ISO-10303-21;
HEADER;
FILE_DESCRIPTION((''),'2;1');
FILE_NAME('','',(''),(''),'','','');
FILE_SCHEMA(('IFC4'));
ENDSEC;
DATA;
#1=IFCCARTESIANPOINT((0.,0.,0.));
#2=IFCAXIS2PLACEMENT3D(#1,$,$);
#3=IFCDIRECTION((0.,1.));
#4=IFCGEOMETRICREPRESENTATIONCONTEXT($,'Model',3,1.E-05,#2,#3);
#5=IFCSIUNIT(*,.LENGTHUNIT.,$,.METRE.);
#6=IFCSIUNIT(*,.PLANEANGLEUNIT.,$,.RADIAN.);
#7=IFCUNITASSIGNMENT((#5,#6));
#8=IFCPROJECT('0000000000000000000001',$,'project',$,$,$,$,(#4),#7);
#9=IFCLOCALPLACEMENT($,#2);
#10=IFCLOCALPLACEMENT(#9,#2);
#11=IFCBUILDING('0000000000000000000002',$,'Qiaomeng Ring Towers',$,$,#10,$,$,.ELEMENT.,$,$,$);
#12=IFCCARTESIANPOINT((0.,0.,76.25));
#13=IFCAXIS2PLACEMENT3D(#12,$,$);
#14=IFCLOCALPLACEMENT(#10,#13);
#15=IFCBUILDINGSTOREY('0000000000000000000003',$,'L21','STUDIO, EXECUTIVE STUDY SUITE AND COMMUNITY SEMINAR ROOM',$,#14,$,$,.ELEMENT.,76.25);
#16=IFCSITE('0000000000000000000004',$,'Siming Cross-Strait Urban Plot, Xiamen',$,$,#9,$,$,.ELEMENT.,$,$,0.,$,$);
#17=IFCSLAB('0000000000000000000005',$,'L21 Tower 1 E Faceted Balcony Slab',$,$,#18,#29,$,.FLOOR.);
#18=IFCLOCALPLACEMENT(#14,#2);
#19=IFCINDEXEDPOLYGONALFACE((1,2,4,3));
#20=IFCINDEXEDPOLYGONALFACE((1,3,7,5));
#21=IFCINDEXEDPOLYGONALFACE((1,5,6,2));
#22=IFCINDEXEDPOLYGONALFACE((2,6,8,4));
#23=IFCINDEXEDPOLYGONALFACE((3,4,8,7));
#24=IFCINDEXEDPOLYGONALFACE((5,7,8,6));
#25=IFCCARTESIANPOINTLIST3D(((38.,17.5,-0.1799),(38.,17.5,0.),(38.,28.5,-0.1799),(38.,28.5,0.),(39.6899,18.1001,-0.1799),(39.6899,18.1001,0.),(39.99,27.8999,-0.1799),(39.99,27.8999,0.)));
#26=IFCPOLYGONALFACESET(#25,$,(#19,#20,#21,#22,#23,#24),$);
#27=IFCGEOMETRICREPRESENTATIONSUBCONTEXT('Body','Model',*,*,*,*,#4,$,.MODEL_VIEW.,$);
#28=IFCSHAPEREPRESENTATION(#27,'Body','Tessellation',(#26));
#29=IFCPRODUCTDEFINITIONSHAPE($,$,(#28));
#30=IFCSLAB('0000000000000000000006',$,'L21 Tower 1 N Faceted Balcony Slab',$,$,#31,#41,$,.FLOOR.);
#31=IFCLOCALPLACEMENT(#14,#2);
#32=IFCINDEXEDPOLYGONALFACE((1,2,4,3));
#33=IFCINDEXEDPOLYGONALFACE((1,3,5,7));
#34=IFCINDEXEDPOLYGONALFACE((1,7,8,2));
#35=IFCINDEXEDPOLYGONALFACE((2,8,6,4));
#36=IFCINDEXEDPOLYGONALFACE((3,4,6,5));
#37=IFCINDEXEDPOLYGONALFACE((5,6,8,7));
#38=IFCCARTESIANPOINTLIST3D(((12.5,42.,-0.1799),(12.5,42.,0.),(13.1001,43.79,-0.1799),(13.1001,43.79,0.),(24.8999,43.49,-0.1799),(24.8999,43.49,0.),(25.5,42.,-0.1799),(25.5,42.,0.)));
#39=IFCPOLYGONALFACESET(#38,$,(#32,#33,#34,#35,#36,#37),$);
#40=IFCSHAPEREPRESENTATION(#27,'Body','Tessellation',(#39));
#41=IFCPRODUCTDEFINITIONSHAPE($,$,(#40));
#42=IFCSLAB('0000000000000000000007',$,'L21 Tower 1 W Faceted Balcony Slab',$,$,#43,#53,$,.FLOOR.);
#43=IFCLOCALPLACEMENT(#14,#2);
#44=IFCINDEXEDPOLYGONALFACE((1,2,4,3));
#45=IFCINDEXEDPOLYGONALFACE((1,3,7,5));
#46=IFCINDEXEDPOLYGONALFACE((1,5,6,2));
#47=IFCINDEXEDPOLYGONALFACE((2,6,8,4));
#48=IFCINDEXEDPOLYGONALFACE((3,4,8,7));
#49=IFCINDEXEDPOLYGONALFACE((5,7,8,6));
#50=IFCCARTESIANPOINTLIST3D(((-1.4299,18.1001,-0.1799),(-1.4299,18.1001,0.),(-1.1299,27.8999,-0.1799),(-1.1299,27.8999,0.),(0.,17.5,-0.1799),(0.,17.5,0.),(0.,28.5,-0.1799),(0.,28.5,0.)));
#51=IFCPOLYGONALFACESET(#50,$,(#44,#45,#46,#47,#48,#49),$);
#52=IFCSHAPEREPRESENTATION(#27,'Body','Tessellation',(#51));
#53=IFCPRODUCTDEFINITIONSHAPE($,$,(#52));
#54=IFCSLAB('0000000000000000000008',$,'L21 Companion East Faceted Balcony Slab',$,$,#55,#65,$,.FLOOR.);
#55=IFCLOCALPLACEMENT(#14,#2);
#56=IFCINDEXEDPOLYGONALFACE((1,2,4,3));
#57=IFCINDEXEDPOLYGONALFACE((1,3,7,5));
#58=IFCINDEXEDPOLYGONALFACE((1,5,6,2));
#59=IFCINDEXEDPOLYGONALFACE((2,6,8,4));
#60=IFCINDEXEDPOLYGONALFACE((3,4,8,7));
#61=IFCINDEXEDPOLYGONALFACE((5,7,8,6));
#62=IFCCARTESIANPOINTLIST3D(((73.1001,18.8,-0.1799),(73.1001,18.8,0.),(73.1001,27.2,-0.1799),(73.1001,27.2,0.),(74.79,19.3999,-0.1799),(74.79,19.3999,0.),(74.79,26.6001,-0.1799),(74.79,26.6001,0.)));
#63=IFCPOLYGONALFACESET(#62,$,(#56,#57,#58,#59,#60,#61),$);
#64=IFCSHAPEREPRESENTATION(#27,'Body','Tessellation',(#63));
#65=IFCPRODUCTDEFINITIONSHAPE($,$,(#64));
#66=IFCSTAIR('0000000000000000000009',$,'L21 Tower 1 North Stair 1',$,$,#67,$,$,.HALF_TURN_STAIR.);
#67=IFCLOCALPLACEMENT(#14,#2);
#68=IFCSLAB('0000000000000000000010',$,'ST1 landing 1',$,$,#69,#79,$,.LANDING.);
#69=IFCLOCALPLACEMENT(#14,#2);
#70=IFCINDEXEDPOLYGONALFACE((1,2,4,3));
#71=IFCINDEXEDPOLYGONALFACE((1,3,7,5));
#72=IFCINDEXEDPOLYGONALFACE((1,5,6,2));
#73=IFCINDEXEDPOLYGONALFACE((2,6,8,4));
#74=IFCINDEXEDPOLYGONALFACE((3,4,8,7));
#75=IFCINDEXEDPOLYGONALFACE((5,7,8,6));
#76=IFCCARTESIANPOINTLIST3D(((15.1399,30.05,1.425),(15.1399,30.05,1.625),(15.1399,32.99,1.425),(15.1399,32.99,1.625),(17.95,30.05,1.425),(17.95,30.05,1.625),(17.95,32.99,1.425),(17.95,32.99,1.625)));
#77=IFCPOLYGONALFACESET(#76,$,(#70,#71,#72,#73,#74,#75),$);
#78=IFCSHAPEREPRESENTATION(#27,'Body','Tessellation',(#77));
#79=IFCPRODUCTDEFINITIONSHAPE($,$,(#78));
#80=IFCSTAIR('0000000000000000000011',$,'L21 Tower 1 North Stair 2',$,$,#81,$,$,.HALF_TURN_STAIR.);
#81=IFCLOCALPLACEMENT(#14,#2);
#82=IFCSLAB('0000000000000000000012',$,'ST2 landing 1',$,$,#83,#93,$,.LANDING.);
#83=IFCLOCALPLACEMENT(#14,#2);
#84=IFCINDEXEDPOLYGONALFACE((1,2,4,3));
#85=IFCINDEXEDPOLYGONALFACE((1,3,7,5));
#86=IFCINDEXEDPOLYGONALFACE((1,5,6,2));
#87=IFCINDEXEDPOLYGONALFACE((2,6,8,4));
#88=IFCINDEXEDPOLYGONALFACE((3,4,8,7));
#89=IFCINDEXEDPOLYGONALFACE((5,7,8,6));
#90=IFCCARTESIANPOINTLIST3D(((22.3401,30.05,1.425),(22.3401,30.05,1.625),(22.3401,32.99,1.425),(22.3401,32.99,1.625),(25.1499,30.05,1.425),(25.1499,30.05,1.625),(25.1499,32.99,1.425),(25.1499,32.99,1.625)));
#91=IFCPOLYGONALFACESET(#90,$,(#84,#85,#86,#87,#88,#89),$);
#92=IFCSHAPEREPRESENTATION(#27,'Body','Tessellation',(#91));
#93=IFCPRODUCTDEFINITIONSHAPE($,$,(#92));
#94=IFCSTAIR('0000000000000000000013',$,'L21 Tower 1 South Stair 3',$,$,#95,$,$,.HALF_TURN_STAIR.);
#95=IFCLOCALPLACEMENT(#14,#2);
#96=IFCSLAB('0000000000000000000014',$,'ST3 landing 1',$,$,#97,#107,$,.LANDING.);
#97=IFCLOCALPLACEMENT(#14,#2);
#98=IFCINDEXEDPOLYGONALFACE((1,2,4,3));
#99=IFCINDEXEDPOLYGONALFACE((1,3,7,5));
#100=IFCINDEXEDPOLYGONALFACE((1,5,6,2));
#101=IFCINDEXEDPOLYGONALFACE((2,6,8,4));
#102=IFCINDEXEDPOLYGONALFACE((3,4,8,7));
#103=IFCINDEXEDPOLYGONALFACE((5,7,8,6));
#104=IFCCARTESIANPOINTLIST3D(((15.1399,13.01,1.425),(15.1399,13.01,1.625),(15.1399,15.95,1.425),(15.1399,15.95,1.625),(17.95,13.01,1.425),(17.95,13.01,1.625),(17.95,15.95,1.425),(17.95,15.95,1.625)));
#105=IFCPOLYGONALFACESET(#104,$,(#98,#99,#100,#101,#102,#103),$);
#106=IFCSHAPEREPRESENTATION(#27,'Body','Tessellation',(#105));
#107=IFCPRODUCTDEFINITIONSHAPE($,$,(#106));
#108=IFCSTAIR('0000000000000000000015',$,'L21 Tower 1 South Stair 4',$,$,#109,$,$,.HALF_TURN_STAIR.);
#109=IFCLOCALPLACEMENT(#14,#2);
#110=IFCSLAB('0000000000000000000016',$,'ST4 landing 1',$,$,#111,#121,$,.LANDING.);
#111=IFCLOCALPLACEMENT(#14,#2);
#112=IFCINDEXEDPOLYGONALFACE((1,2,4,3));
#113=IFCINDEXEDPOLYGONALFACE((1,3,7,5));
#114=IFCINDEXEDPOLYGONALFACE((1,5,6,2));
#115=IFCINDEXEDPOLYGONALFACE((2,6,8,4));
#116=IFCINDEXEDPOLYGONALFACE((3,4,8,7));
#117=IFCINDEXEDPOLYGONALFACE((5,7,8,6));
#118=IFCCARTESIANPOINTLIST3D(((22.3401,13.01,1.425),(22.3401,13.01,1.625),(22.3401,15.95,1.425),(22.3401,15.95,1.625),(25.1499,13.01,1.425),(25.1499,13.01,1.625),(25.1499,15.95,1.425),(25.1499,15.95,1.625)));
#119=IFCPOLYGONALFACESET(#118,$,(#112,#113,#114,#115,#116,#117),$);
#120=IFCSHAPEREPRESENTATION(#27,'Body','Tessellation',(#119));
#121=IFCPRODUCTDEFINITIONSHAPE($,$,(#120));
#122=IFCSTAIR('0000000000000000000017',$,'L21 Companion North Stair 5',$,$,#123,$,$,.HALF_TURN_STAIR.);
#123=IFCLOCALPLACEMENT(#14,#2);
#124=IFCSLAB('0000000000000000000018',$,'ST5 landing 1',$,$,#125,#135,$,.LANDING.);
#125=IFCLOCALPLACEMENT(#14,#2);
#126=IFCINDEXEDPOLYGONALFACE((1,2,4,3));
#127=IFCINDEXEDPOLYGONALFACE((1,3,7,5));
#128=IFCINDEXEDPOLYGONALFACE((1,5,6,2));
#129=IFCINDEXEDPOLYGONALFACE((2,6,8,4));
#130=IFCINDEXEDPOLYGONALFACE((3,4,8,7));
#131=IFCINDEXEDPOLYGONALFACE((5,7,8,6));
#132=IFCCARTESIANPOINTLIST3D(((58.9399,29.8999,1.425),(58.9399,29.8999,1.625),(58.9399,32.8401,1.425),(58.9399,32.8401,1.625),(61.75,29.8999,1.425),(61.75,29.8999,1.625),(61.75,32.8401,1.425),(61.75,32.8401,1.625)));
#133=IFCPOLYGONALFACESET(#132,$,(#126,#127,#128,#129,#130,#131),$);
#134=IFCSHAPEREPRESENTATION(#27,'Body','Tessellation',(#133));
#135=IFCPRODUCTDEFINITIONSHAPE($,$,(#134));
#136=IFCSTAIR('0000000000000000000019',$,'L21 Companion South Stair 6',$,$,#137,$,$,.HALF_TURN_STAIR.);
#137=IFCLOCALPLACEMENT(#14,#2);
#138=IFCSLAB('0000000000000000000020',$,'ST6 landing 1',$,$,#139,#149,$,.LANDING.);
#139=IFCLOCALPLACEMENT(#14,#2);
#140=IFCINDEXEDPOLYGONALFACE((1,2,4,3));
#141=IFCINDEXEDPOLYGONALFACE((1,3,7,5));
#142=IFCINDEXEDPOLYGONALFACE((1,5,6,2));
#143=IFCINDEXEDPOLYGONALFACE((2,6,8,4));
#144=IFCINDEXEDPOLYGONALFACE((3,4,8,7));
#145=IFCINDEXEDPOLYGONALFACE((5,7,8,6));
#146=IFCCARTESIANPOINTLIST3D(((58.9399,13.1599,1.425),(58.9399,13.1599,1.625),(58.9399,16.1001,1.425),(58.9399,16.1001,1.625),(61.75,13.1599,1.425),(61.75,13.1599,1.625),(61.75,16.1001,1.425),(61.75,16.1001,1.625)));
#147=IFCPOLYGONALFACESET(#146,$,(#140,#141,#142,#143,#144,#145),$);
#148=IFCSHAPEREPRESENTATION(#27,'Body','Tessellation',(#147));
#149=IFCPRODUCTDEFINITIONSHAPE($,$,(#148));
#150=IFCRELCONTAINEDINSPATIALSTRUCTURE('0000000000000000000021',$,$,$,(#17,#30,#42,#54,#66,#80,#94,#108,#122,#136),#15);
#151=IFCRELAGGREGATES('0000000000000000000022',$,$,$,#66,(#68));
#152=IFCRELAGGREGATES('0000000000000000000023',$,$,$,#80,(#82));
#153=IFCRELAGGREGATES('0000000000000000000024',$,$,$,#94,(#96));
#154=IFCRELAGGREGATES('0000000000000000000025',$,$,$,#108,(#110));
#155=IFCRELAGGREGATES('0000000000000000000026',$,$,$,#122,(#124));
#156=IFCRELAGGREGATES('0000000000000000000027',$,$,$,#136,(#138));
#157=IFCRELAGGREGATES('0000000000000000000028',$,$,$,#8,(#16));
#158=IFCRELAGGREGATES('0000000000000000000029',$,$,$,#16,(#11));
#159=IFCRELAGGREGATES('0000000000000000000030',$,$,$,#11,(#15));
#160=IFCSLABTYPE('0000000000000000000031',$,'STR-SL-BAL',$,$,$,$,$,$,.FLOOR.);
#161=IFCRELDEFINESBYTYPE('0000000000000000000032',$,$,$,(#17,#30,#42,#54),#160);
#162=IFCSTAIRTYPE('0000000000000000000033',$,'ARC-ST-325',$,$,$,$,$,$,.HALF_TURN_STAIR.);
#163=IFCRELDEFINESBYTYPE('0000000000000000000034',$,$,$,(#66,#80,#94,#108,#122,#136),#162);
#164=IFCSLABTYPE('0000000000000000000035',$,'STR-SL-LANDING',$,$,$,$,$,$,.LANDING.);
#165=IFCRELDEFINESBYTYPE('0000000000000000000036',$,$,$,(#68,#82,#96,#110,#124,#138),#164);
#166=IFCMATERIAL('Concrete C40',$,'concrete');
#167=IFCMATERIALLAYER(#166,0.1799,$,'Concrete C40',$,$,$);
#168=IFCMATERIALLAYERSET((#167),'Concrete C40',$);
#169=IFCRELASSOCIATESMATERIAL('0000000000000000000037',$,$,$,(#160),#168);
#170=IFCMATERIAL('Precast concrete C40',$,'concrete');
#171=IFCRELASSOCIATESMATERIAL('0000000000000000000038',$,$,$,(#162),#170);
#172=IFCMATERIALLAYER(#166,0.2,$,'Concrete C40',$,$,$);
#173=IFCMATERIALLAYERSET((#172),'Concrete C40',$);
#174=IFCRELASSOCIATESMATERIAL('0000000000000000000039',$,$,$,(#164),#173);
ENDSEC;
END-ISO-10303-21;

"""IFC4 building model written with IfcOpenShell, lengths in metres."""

from ifc_helpers import new_model, si_unit, direction, frame, origin, place, context, subcontext, project, spatial, polyline, outline, extrude, material, layer, layer_set, type_object, element, aggregate, save


model = new_model("IFC4")

# Units and contexts
model_context = context("Model", 3, precision=1e-05, world=origin(), true_north=direction((0.0, 1.0)))
body_context = subcontext(model_context, "Body", "Model", "MODEL_VIEW")
ifc_project = project(units=[si_unit("LENGTHUNIT", "METRE"), si_unit("PLANEANGLEUNIT", "RADIAN")], contexts=[model_context])

# Site, building, storey
site_placement = place(None, origin())
site = spatial("IfcSite", under=ifc_project, at=site_placement, Name="Siming Cross-Strait Urban Plot, Xiamen", CompositionType="ELEMENT", RefElevation=0.0)
building_placement = place(site_placement, origin())
building = spatial("IfcBuilding", under=site, at=building_placement, Name="Qiaomeng Ring Towers", CompositionType="ELEMENT")
storey_placement = place(building_placement, frame((0.0, 0.0, 76.25)))
storey = spatial("IfcBuildingStorey", under=building, at=storey_placement, Name="L21", Description="STUDIO, EXECUTIVE STUDY SUITE AND COMMUNITY SEMINAR ROOM", CompositionType="ELEMENT", Elevation=76.25)

# Slabs
ifc_material_1 = material(Name="Concrete C40", Category="concrete")
ifc_layer_1 = layer(ifc_material_1, 0.1799, Name="Concrete C40")
ifc_layer_set_1 = layer_set([ifc_layer_1], Name="Concrete C40")
slab_type_1 = type_object("IfcSlabType", Name="STR-SL-BAL", PredefinedType="FLOOR", material=ifc_layer_set_1)
slab_1_placement = place(storey_placement, frame((0.0, 0.0, -0.1799)))
element("IfcSlab", 1, at=slab_1_placement, inside=storey, type_object=slab_type_1, Name="L21 Tower 1 E Faceted Balcony Slab", PredefinedType="FLOOR", context=body_context, shape_type="SweptSolid", body=[
    extrude(outline(polyline([(39.99, 27.8999), (39.6899, 18.1001), (38.0, 17.5), (38.0, 28.5), (39.99, 27.8999)])), origin(), (0.0, 0.0, 1.0), 0.1799),
])
slab_2_placement = place(storey_placement, frame((0.0, 0.0, -0.1799)))
element("IfcSlab", 2, at=slab_2_placement, inside=storey, type_object=slab_type_1, Name="L21 Tower 1 N Faceted Balcony Slab", PredefinedType="FLOOR", context=body_context, shape_type="SweptSolid", body=[
    extrude(outline(polyline([(12.5, 42.0), (13.1001, 43.79), (24.8999, 43.49), (25.5, 42.0), (12.5, 42.0)])), origin(), (0.0, 0.0, 1.0), 0.1799),
])
slab_3_placement = place(storey_placement, frame((0.0, 0.0, -0.1799)))
element("IfcSlab", 3, at=slab_3_placement, inside=storey, type_object=slab_type_1, Name="L21 Tower 1 W Faceted Balcony Slab", PredefinedType="FLOOR", context=body_context, shape_type="SweptSolid", body=[
    extrude(outline(polyline([(0.0, 17.5), (-1.4299, 18.1001), (-1.1299, 27.8999), (0.0, 28.5), (0.0, 17.5)])), origin(), (0.0, 0.0, 1.0), 0.1799),
])
slab_4_placement = place(storey_placement, frame((0.0, 0.0, -0.1799)))
element("IfcSlab", 4, at=slab_4_placement, inside=storey, type_object=slab_type_1, Name="L21 Companion East Faceted Balcony Slab", PredefinedType="FLOOR", context=body_context, shape_type="SweptSolid", body=[
    extrude(outline(polyline([(74.79, 26.6001), (74.79, 19.3999), (73.1001, 18.8), (73.1001, 27.2), (74.79, 26.6001)])), origin(), (0.0, 0.0, 1.0), 0.1799),
])

# Stairs, slabs
ifc_material_2 = material(Name="Precast concrete C40", Category="concrete")
stair_type = type_object("IfcStairType", Name="ARC-ST-325", PredefinedType="HALF_TURN_STAIR", material=ifc_material_2)
stair_1_placement = place(storey_placement, origin())
stair_1 = element("IfcStair", 5, at=stair_1_placement, inside=storey, type_object=stair_type, Name="L21 Tower 1 North Stair 1", PredefinedType="HALF_TURN_STAIR")
ifc_layer_2 = layer(ifc_material_1, 0.2, Name="Concrete C40")
ifc_layer_set_2 = layer_set([ifc_layer_2], Name="Concrete C40")
slab_type_2 = type_object("IfcSlabType", Name="STR-SL-LANDING", PredefinedType="LANDING", material=ifc_layer_set_2)
slab_5_placement = place(storey_placement, frame((0.0, 0.0, 1.425)))
slab_5 = element("IfcSlab", 6, at=slab_5_placement, type_object=slab_type_2, Name="ST1 landing 1", PredefinedType="LANDING", context=body_context, shape_type="SweptSolid", body=[
    extrude(outline(polyline([(15.1399, 30.05), (17.95, 30.05), (17.95, 32.99), (15.1399, 32.99), (15.1399, 30.05)])), origin(), (0.0, 0.0, 1.0), 0.2),
])
aggregate(stair_1, [slab_5])
stair_2_placement = place(storey_placement, origin())
stair_2 = element("IfcStair", 7, at=stair_2_placement, inside=storey, type_object=stair_type, Name="L21 Tower 1 North Stair 2", PredefinedType="HALF_TURN_STAIR")
slab_6_placement = place(storey_placement, frame((0.0, 0.0, 1.425)))
slab_6 = element("IfcSlab", 8, at=slab_6_placement, type_object=slab_type_2, Name="ST2 landing 1", PredefinedType="LANDING", context=body_context, shape_type="SweptSolid", body=[
    extrude(outline(polyline([(22.3401, 30.05), (25.1499, 30.05), (25.1499, 32.99), (22.3401, 32.99), (22.3401, 30.05)])), origin(), (0.0, 0.0, 1.0), 0.2),
])
aggregate(stair_2, [slab_6])
stair_3_placement = place(storey_placement, origin())
stair_3 = element("IfcStair", 9, at=stair_3_placement, inside=storey, type_object=stair_type, Name="L21 Tower 1 South Stair 3", PredefinedType="HALF_TURN_STAIR")
slab_7_placement = place(storey_placement, frame((0.0, 0.0, 1.425)))
slab_7 = element("IfcSlab", 10, at=slab_7_placement, type_object=slab_type_2, Name="ST3 landing 1", PredefinedType="LANDING", context=body_context, shape_type="SweptSolid", body=[
    extrude(outline(polyline([(15.1399, 13.01), (17.95, 13.01), (17.95, 15.95), (15.1399, 15.95), (15.1399, 13.01)])), origin(), (0.0, 0.0, 1.0), 0.2),
])
aggregate(stair_3, [slab_7])
stair_4_placement = place(storey_placement, origin())
stair_4 = element("IfcStair", 11, at=stair_4_placement, inside=storey, type_object=stair_type, Name="L21 Tower 1 South Stair 4", PredefinedType="HALF_TURN_STAIR")
slab_8_placement = place(storey_placement, frame((0.0, 0.0, 1.425)))
slab_8 = element("IfcSlab", 12, at=slab_8_placement, type_object=slab_type_2, Name="ST4 landing 1", PredefinedType="LANDING", context=body_context, shape_type="SweptSolid", body=[
    extrude(outline(polyline([(22.3401, 13.01), (25.1499, 13.01), (25.1499, 15.95), (22.3401, 15.95), (22.3401, 13.01)])), origin(), (0.0, 0.0, 1.0), 0.2),
])
aggregate(stair_4, [slab_8])
stair_5_placement = place(storey_placement, origin())
stair_5 = element("IfcStair", 13, at=stair_5_placement, inside=storey, type_object=stair_type, Name="L21 Companion North Stair 5", PredefinedType="HALF_TURN_STAIR")
slab_9_placement = place(storey_placement, frame((0.0, 0.0, 1.425)))
slab_9 = element("IfcSlab", 14, at=slab_9_placement, type_object=slab_type_2, Name="ST5 landing 1", PredefinedType="LANDING", context=body_context, shape_type="SweptSolid", body=[
    extrude(outline(polyline([(58.9399, 29.8999), (61.75, 29.8999), (61.75, 32.8401), (58.9399, 32.8401), (58.9399, 29.8999)])), origin(), (0.0, 0.0, 1.0), 0.2),
])
aggregate(stair_5, [slab_9])
stair_6_placement = place(storey_placement, origin())
stair_6 = element("IfcStair", 15, at=stair_6_placement, inside=storey, type_object=stair_type, Name="L21 Companion South Stair 6", PredefinedType="HALF_TURN_STAIR")
slab_10_placement = place(storey_placement, frame((0.0, 0.0, 1.425)))
slab_10 = element("IfcSlab", 16, at=slab_10_placement, type_object=slab_type_2, Name="ST6 landing 1", PredefinedType="LANDING", context=body_context, shape_type="SweptSolid", body=[
    extrude(outline(polyline([(58.9399, 13.1599), (61.75, 13.1599), (61.75, 16.1001), (58.9399, 16.1001), (58.9399, 13.1599)])), origin(), (0.0, 0.0, 1.0), 0.2),
])
aggregate(stair_6, [slab_10])

save(model, "model.ifc")
